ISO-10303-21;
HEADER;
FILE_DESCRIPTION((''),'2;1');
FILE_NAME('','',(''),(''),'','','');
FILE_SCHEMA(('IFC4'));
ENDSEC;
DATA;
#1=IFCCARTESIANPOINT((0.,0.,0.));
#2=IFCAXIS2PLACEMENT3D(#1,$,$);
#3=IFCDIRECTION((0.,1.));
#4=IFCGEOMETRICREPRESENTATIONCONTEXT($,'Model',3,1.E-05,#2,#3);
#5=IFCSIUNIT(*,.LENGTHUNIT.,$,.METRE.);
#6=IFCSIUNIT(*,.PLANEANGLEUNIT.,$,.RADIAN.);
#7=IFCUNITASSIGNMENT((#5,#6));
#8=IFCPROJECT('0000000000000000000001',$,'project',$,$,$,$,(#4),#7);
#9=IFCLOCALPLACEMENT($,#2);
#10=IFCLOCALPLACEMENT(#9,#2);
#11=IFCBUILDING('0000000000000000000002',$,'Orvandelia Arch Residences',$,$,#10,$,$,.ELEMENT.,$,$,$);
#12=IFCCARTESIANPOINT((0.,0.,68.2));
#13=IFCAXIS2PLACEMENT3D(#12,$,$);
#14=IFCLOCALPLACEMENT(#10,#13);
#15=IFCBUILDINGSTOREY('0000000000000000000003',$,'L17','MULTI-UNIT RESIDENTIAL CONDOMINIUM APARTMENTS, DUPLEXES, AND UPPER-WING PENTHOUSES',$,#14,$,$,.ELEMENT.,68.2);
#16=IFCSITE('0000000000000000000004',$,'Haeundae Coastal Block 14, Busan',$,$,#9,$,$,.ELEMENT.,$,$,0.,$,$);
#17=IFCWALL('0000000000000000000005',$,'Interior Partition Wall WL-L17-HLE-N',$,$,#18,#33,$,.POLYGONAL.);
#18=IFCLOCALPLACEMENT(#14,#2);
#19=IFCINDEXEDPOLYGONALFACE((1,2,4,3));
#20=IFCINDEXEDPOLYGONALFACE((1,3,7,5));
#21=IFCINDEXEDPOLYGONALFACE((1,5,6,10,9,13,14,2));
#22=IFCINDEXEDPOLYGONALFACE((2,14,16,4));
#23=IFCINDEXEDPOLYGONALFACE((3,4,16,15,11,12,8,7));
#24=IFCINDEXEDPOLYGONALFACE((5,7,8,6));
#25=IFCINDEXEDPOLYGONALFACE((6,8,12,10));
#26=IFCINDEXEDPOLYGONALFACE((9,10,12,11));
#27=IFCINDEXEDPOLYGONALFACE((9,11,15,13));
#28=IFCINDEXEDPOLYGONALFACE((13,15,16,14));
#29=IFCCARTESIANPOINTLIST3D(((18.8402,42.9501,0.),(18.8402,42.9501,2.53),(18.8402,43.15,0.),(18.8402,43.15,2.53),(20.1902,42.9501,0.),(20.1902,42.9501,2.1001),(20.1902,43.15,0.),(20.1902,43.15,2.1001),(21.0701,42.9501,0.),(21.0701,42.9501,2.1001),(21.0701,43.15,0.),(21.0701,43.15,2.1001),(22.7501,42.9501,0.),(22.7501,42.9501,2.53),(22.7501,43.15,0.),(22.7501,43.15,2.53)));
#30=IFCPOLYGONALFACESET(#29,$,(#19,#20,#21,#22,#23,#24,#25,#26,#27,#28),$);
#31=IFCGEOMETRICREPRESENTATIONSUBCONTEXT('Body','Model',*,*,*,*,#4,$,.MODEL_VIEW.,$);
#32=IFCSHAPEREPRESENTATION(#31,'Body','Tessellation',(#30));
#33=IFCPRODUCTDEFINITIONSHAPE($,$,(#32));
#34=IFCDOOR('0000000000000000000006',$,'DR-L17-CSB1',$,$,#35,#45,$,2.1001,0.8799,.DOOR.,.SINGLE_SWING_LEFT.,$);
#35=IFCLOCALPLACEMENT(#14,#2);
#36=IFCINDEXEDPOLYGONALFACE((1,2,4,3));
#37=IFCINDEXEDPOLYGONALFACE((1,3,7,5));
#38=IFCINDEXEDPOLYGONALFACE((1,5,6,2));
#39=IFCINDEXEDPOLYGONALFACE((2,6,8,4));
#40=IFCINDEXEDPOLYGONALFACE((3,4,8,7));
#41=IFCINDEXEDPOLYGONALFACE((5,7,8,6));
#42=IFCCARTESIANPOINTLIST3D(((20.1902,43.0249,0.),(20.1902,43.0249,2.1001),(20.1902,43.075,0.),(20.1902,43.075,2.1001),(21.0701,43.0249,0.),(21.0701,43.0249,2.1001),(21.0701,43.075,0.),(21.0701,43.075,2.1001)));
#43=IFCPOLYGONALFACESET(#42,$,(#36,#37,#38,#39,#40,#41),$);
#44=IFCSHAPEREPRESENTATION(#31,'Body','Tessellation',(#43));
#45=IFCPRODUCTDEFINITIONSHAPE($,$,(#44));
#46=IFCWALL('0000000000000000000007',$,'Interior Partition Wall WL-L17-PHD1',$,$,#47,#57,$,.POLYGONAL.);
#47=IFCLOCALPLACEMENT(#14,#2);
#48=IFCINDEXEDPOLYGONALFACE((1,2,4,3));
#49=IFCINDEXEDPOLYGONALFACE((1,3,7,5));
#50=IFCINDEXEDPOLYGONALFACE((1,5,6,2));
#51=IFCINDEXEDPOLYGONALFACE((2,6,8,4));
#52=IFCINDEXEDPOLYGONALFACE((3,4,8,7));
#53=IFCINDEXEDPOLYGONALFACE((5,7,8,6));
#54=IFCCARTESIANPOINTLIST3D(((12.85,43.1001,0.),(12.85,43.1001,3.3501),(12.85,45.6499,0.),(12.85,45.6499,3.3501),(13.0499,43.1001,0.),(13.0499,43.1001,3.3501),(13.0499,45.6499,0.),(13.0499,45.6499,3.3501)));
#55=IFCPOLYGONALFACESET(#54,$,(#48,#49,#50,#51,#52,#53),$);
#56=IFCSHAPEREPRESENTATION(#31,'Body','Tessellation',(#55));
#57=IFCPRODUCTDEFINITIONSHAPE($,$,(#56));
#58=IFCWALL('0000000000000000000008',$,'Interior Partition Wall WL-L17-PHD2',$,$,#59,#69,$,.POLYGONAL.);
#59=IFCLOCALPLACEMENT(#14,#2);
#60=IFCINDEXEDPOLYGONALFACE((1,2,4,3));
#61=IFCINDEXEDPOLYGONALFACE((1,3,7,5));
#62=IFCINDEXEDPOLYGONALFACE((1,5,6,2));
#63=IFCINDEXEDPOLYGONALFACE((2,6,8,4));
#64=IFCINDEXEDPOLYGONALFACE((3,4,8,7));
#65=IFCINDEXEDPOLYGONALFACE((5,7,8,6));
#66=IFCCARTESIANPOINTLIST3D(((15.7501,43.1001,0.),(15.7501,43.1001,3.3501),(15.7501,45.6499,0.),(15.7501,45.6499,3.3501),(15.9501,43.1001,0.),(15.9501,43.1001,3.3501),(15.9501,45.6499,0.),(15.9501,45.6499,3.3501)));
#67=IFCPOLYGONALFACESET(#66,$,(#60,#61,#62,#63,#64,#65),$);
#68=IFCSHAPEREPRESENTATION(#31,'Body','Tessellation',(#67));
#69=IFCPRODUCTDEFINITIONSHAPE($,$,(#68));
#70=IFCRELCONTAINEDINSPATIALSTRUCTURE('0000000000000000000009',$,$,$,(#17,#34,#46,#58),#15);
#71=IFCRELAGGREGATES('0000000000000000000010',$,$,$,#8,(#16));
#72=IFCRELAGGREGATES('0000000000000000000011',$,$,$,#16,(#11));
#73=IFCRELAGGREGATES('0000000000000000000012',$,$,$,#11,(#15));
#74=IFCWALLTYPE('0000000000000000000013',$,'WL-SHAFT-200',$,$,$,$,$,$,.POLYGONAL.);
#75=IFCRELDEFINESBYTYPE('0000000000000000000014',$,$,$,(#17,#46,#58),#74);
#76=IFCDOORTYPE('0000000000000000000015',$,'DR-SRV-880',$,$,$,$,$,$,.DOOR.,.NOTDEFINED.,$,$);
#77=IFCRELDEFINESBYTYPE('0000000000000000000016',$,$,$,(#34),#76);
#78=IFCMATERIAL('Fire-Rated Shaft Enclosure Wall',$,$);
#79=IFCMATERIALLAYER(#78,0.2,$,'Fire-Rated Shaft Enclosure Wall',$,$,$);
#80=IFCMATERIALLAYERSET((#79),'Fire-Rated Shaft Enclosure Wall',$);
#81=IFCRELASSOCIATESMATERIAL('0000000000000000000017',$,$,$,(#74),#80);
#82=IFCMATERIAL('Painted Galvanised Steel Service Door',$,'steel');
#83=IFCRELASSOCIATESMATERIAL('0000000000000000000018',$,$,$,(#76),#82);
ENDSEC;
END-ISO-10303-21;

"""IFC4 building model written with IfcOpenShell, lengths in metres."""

from ifc_helpers import new_model, si_unit, direction, frame, frame_2d, origin, place, context, subcontext, project, spatial, rectangle, extrude, material, layer, layer_set, type_object, element, fill, save


model = new_model("IFC4")

# Units and contexts
model_context = context("Model", 3, precision=1e-05, world=origin(), true_north=direction((0.0, 1.0)))
body_context = subcontext(model_context, "Body", "Model", "MODEL_VIEW")
ifc_project = project(units=[si_unit("LENGTHUNIT", "METRE"), si_unit("PLANEANGLEUNIT", "RADIAN")], contexts=[model_context])

# Site, building, storey
site_placement = place(None, origin())
site = spatial("IfcSite", under=ifc_project, at=site_placement, Name="Haeundae Coastal Block 14, Busan", CompositionType="ELEMENT", RefElevation=0.0)
building_placement = place(site_placement, origin())
building = spatial("IfcBuilding", under=site, at=building_placement, Name="Orvandelia Arch Residences", CompositionType="ELEMENT")
storey_placement = place(building_placement, frame((0.0, 0.0, 68.2)))
storey = spatial("IfcBuildingStorey", under=building, at=storey_placement, Name="L17", Description="MULTI-UNIT RESIDENTIAL CONDOMINIUM APARTMENTS, DUPLEXES, AND UPPER-WING PENTHOUSES", CompositionType="ELEMENT", Elevation=68.2)

# Shared definitions
ifc_material_1 = material(Name="Fire-Rated Shaft Enclosure Wall")
ifc_layer_1 = layer(ifc_material_1, 0.2, Name="Fire-Rated Shaft Enclosure Wall")
ifc_layer_set_1 = layer_set([ifc_layer_1], Name="Fire-Rated Shaft Enclosure Wall")
wall_type_1 = type_object("IfcWallType", Name="WL-SHAFT-200", PredefinedType="POLYGONAL", material=ifc_layer_set_1)

# Shared definitions
ifc_material_2 = material(Name="Painted Galvanised Steel Service Door", Category="steel")
door_type_1 = type_object("IfcDoorType", Name="DR-SRV-880", OperationType="NOTDEFINED", PredefinedType="DOOR", material=ifc_material_2)

# Wall, opening, door
wall_1_placement = place(storey_placement, frame((18.8401, 43.05, 0.0), z_axis=(0.0, 0.0, 1.0), x_axis=(1.0, 0.0, 0.0)))
wall_1 = element("IfcWall", 1, at=wall_1_placement, inside=storey, type_object=wall_type_1, Name="Interior Partition Wall WL-L17-HLE-N", PredefinedType="POLYGONAL", context=body_context, shape_type="SweptSolid", body=[
    extrude(rectangle(XDim=3.9099, YDim=0.2, at=frame_2d((1.9551, 0.0))), origin(), (0.0, 0.0, 1.0), 2.53),
])
opening_1_placement = place(wall_1_placement, frame((1.3501, 0.0, 0.0)))
opening_1 = element("IfcOpeningElement", 2, at=opening_1_placement, cuts=wall_1, PredefinedType="OPENING", context=body_context, shape_type="SweptSolid", body=[
    extrude(rectangle(XDim=0.8799, YDim=2.1001, at=frame_2d((0.4399, 1.05))), frame((0.0, 0.1099, 0.0), z_axis=(0.0, -1.0, 0.0), x_axis=(1.0, 0.0, 0.0)), (0.0, 0.0, 1.0), 0.22),
])
door_1_placement = place(opening_1_placement, origin())
door_1 = element("IfcDoor", 3, at=door_1_placement, inside=storey, type_object=door_type_1, Name="DR-L17-CSB1", OperationType="SINGLE_SWING_LEFT", OverallHeight=2.1001, OverallWidth=0.8799, PredefinedType="DOOR", context=body_context, shape_type="SweptSolid", body=[
    extrude(rectangle(XDim=0.8799, YDim=2.1001, at=frame_2d((0.4399, 1.05))), frame((0.0, 0.0249, 0.0), z_axis=(0.0, -1.0, 0.0), x_axis=(1.0, 0.0, 0.0)), (0.0, 0.0, 1.0), 0.05),
])
fill(opening_1, door_1)

# Walls
for number, where, z_axis, x_axis, name in (
    (4, (12.95, 43.1001, 0.0), (0.0, 0.0, 1.0), (0.0, 1.0, 0.0), "Interior Partition Wall WL-L17-PHD1"),
    (5, (15.8501, 43.1001, 0.0), (0.0, 0.0, 1.0), (0.0, 1.0, 0.0), "Interior Partition Wall WL-L17-PHD2"),
):
    element("IfcWall", number, at=place(storey_placement, frame(where, z_axis=z_axis, x_axis=x_axis)), inside=storey, type_object=wall_type_1, Name=name, PredefinedType="POLYGONAL", context=body_context, shape_type="SweptSolid", body=[
        extrude(rectangle(XDim=2.5498, YDim=0.2, at=frame_2d((1.2749, 0.0))), origin(), (0.0, 0.0, 1.0), 3.3501),
    ])

save(model, "model.ifc")
